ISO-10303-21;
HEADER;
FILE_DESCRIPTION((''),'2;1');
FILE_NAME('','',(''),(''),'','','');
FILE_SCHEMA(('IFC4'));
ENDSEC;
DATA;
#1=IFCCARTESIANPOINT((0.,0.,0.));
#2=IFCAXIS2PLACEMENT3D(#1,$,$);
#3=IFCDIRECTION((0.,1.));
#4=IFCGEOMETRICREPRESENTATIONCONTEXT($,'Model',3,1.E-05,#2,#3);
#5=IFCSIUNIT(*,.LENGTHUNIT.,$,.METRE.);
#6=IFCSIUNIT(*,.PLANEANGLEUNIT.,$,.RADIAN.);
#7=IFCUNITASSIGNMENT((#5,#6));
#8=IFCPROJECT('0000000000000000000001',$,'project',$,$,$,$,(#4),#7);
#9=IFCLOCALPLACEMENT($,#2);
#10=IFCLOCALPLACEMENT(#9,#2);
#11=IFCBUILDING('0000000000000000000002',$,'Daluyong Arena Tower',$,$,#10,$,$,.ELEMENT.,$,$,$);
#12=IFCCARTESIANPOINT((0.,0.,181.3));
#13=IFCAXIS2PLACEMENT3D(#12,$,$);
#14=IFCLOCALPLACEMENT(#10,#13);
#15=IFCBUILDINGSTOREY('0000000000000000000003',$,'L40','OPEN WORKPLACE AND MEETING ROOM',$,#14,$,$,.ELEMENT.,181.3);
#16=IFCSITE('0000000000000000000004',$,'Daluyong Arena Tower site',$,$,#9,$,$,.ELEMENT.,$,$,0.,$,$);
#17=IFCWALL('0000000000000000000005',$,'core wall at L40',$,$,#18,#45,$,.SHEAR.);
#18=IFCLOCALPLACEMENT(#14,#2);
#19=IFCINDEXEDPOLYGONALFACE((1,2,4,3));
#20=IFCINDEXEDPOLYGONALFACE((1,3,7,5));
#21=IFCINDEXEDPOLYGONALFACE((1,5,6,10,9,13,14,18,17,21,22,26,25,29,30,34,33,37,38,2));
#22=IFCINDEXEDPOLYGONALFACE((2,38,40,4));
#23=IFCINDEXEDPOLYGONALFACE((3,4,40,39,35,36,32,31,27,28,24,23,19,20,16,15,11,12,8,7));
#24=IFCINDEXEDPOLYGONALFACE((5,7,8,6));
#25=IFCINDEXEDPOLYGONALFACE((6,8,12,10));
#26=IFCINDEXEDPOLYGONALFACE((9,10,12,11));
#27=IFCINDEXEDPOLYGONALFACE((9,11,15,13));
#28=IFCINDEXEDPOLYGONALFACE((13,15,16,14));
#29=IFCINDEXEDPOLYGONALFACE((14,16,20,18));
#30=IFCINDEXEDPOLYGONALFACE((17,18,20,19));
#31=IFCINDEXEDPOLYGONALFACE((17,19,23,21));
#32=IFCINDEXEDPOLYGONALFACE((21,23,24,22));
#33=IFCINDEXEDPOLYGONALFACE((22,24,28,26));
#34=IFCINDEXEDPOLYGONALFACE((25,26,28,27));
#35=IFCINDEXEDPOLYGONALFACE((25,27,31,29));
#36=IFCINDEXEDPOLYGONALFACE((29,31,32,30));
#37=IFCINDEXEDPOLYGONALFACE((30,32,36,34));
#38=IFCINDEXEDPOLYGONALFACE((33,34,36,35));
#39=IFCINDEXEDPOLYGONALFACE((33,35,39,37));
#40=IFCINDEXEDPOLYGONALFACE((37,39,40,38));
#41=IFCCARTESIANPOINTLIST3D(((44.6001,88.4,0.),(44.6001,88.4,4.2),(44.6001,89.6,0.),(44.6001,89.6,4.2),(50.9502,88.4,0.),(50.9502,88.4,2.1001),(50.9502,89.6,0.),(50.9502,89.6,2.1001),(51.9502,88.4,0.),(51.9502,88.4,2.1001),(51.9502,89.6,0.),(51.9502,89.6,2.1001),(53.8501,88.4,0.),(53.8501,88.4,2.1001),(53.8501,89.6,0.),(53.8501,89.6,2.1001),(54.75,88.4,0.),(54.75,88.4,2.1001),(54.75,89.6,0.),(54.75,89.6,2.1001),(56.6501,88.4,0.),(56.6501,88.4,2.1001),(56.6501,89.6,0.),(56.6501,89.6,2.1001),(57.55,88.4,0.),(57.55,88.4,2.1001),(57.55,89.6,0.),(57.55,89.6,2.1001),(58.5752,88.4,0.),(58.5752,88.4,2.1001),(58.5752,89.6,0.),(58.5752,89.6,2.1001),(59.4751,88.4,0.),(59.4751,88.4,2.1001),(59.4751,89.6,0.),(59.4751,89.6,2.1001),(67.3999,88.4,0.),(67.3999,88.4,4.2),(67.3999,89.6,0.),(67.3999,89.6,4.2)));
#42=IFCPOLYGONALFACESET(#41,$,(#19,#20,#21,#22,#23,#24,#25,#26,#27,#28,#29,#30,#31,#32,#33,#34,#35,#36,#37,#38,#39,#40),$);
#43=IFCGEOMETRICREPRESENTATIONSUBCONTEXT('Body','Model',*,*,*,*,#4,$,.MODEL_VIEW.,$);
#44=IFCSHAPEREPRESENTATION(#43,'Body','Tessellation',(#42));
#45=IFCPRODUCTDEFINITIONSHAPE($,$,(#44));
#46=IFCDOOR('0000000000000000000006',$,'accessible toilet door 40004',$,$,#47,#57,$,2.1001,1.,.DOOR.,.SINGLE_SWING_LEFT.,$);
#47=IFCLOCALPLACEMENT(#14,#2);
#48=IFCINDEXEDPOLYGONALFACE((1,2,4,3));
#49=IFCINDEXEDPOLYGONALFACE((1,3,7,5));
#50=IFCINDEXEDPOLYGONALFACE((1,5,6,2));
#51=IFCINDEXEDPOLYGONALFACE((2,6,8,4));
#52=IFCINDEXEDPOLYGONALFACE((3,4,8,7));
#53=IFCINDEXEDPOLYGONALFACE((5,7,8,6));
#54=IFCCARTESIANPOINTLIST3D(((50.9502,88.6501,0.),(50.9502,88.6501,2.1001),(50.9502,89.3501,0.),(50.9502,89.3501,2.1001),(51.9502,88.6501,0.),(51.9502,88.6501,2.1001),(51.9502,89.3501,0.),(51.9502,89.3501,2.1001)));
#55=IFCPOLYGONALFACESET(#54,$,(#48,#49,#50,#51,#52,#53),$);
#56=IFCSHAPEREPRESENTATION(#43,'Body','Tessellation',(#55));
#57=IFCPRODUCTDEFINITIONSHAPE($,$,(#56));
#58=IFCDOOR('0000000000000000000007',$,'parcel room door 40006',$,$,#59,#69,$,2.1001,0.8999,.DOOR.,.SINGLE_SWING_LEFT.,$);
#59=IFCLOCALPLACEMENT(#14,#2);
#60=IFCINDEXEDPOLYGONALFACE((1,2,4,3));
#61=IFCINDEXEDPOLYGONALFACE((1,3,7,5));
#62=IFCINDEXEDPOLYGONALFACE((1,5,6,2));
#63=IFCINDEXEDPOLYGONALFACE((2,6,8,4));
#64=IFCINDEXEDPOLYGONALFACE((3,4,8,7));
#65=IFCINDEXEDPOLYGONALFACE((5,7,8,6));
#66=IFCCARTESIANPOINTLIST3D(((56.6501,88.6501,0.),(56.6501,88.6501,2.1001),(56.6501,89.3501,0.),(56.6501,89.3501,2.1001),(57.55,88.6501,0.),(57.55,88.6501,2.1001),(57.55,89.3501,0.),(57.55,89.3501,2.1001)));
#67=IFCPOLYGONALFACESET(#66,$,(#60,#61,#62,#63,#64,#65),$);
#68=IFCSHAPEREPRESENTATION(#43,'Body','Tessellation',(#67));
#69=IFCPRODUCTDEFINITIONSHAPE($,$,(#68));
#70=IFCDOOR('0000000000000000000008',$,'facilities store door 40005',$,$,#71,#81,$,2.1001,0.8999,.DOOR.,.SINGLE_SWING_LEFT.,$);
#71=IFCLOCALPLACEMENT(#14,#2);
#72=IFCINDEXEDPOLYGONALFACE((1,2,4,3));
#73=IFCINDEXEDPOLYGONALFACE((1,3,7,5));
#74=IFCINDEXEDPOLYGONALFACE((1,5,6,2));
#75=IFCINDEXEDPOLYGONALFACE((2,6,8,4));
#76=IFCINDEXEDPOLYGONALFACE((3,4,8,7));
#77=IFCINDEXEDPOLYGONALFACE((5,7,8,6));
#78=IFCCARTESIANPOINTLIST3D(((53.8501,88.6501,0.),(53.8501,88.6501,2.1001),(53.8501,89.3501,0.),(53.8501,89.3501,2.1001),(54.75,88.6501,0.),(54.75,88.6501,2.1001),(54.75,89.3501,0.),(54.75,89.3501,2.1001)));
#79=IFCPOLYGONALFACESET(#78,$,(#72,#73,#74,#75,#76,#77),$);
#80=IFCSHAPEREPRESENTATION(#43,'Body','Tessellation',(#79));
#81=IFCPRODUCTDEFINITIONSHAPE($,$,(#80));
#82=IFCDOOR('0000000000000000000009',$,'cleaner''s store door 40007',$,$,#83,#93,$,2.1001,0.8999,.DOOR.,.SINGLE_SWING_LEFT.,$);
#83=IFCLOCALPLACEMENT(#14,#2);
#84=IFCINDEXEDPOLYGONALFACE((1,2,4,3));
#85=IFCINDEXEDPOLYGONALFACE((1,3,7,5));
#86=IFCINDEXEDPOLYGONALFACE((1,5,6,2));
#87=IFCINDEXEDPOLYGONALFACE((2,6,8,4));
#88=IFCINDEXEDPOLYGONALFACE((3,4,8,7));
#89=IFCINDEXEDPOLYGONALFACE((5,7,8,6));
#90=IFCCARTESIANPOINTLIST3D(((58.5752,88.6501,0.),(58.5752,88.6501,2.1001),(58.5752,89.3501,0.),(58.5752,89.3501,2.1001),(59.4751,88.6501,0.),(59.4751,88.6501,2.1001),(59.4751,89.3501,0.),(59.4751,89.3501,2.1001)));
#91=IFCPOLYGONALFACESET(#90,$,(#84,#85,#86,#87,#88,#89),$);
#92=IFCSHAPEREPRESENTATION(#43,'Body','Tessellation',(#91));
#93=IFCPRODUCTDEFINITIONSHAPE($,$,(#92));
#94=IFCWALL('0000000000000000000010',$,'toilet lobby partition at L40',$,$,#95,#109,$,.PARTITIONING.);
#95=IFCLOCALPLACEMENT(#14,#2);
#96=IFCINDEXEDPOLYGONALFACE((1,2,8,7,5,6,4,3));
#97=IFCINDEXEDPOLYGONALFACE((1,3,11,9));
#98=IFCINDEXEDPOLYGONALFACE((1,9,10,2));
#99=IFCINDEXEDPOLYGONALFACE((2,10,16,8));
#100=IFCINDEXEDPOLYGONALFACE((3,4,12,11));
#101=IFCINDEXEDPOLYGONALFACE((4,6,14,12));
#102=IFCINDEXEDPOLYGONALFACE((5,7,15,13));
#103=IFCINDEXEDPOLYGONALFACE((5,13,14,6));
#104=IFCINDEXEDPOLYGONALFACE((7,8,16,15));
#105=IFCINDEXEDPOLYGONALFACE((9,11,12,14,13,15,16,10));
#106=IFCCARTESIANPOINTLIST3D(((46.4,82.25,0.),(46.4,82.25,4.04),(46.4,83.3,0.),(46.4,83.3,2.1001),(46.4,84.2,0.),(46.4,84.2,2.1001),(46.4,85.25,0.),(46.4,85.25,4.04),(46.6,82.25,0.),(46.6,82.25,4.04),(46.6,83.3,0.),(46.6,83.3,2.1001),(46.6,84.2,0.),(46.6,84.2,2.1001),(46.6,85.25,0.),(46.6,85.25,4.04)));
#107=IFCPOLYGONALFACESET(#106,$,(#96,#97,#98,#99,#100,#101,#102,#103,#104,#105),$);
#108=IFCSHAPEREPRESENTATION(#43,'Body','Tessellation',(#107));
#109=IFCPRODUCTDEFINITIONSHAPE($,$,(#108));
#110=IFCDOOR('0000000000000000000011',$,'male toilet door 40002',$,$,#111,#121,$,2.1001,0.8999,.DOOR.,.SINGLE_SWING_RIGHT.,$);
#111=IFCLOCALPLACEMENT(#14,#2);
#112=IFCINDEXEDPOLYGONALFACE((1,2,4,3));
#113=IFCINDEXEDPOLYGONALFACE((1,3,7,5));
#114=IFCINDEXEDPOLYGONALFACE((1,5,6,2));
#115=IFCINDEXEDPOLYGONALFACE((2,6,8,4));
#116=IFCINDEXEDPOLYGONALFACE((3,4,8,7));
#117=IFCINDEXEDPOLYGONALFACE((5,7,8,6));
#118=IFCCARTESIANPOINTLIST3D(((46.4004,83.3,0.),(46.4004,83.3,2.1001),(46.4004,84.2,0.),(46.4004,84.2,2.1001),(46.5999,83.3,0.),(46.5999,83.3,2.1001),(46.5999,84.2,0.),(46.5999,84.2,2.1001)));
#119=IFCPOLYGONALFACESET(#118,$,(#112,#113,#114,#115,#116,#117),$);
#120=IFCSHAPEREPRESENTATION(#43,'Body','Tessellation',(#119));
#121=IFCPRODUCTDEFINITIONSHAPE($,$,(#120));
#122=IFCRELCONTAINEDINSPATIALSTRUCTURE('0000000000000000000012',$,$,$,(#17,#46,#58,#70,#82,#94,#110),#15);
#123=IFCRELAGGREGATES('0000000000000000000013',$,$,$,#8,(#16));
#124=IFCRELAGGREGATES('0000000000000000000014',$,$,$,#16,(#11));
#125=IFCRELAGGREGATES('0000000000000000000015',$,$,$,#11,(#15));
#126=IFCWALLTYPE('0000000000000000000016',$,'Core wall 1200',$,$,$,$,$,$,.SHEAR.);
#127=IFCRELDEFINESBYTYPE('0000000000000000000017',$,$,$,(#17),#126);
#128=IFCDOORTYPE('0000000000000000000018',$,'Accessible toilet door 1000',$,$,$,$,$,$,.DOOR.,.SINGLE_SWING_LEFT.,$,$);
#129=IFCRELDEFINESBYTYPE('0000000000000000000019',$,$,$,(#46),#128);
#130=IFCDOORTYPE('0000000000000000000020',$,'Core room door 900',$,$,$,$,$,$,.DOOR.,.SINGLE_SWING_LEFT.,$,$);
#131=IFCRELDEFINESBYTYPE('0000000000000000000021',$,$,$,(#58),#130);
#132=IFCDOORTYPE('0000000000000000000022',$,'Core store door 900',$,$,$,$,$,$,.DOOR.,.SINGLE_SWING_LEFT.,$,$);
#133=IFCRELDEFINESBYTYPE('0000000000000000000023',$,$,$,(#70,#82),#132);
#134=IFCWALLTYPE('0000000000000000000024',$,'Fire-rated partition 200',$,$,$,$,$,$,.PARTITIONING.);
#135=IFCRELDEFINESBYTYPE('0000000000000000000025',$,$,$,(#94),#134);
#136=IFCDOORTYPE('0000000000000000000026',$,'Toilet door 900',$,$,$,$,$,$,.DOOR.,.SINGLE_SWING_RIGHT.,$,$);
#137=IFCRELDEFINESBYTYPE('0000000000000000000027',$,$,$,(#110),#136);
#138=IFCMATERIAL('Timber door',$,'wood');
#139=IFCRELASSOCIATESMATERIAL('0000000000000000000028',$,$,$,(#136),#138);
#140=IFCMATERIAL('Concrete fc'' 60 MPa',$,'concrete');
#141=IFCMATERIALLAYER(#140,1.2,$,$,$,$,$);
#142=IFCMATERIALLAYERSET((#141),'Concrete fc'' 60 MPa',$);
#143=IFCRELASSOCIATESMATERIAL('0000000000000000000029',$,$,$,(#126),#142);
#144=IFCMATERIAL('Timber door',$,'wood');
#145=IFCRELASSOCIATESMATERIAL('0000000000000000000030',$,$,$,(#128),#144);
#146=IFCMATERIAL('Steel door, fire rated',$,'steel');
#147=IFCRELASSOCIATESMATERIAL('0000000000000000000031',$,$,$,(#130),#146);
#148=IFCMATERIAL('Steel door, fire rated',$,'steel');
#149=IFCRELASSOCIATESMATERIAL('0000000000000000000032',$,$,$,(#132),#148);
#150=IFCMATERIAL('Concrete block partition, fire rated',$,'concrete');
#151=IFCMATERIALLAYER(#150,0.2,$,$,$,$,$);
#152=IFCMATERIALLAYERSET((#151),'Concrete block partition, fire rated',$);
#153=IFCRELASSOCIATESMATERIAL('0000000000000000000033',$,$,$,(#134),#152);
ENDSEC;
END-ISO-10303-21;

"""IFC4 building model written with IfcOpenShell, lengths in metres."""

from ifc_helpers import new_model, si_unit, direction, frame, frame_2d, origin, place, context, subcontext, project, spatial, rectangle, extrude, material, layer, layer_set, type_object, element, fill, save


model = new_model("IFC4")

# Units and contexts
model_context = context("Model", 3, precision=1e-05, world=origin(), true_north=direction((0.0, 1.0)))
body_context = subcontext(model_context, "Body", "Model", "MODEL_VIEW")
ifc_project = project(units=[si_unit("LENGTHUNIT", "METRE"), si_unit("PLANEANGLEUNIT", "RADIAN")], contexts=[model_context])

# Site, building, storey
site_placement = place(None, origin())
site = spatial("IfcSite", under=ifc_project, at=site_placement, Name="Daluyong Arena Tower site", CompositionType="ELEMENT", RefElevation=0.0)
building_placement = place(site_placement, origin())
building = spatial("IfcBuilding", under=site, at=building_placement, Name="Daluyong Arena Tower", CompositionType="ELEMENT")
storey_placement = place(building_placement, frame((0.0, 0.0, 181.3)))
storey = spatial("IfcBuildingStorey", under=building, at=storey_placement, Name="L40", Description="OPEN WORKPLACE AND MEETING ROOM", CompositionType="ELEMENT", Elevation=181.3)

# Shared definitions
ifc_material_1 = material(Name="Timber door", Category="wood")
door_type_1 = type_object("IfcDoorType", Name="Toilet door 900", OperationType="SINGLE_SWING_RIGHT", PredefinedType="DOOR", material=ifc_material_1)

# Wall, openings, doors
ifc_material_2 = material(Name="Concrete fc' 60 MPa", Category="concrete")
ifc_layer_1 = layer(ifc_material_2, 1.2)
ifc_layer_set_1 = layer_set([ifc_layer_1], Name="Concrete fc' 60 MPa")
wall_type_1 = type_object("IfcWallType", Name="Core wall 1200", PredefinedType="SHEAR", material=ifc_layer_set_1)
wall_1_placement = place(storey_placement, frame((44.6001, 89.0, 0.0), z_axis=(0.0, 0.0, 1.0), x_axis=(1.0, 0.0, 0.0)))
wall_1 = element("IfcWall", 1, at=wall_1_placement, inside=storey, type_object=wall_type_1, Name="core wall at L40", PredefinedType="SHEAR", context=body_context, shape_type="SweptSolid", body=[
    extrude(rectangle(XDim=22.7998, YDim=1.2, at=frame_2d((11.3999, 0.0))), origin(), (0.0, 0.0, 1.0), 4.2),
])
opening_1_placement = place(wall_1_placement, frame((6.3501, 0.0, 0.0)))
opening_1 = element("IfcOpeningElement", 2, at=opening_1_placement, cuts=wall_1, PredefinedType="OPENING", context=body_context, shape_type="SweptSolid", body=[
    extrude(rectangle(XDim=1.0, YDim=2.1001, at=frame_2d((0.5, 1.05))), frame((0.0, 0.6099, 0.0), z_axis=(0.0, -1.0, 0.0), x_axis=(1.0, 0.0, 0.0)), (0.0, 0.0, 1.0), 1.22),
])
opening_2_placement = place(wall_1_placement, frame((9.25, 0.0, 0.0)))
opening_2 = element("IfcOpeningElement", 3, at=opening_2_placement, cuts=wall_1, PredefinedType="OPENING", context=body_context, shape_type="SweptSolid", body=[
    extrude(rectangle(XDim=0.8999, YDim=2.1001, at=frame_2d((0.45, 1.05))), frame((0.0, 0.6099, 0.0), z_axis=(0.0, -1.0, 0.0), x_axis=(1.0, 0.0, 0.0)), (0.0, 0.0, 1.0), 1.22),
])
opening_3_placement = place(wall_1_placement, frame((12.05, 0.0, 0.0)))
opening_3 = element("IfcOpeningElement", 4, at=opening_3_placement, cuts=wall_1, PredefinedType="OPENING", context=body_context, shape_type="SweptSolid", body=[
    extrude(rectangle(XDim=0.8999, YDim=2.1001, at=frame_2d((0.45, 1.05))), frame((0.0, 0.6099, 0.0), z_axis=(0.0, -1.0, 0.0), x_axis=(1.0, 0.0, 0.0)), (0.0, 0.0, 1.0), 1.22),
])
opening_4_placement = place(wall_1_placement, frame((13.9751, 0.0, 0.0)))
opening_4 = element("IfcOpeningElement", 5, at=opening_4_placement, cuts=wall_1, PredefinedType="OPENING", context=body_context, shape_type="SweptSolid", body=[
    extrude(rectangle(XDim=0.8999, YDim=2.1001, at=frame_2d((0.45, 1.05))), frame((0.0, 0.6099, 0.0), z_axis=(0.0, -1.0, 0.0), x_axis=(1.0, 0.0, 0.0)), (0.0, 0.0, 1.0), 1.22),
])
ifc_material_3 = material(Name="Timber door", Category="wood")
door_type_2 = type_object("IfcDoorType", Name="Accessible toilet door 1000", OperationType="SINGLE_SWING_LEFT", PredefinedType="DOOR", material=ifc_material_3)
door_1_placement = place(opening_1_placement, origin())
door_1 = element("IfcDoor", 6, at=door_1_placement, inside=storey, type_object=door_type_2, Name="accessible toilet door 40004", OperationType="SINGLE_SWING_LEFT", OverallHeight=2.1001, OverallWidth=1.0, PredefinedType="DOOR", context=body_context, shape_type="SweptSolid", body=[
    extrude(rectangle(XDim=1.0, YDim=2.1001, at=frame_2d((0.5, 1.05))), frame((0.0, 0.3501, 0.0), z_axis=(0.0, -1.0, 0.0), x_axis=(1.0, 0.0, 0.0)), (0.0, 0.0, 1.0), 0.7),
])
fill(opening_1, door_1)
ifc_material_4 = material(Name="Steel door, fire rated", Category="steel")
door_type_3 = type_object("IfcDoorType", Name="Core room door 900", OperationType="SINGLE_SWING_LEFT", PredefinedType="DOOR", material=ifc_material_4)
door_2_placement = place(opening_3_placement, origin())
door_2 = element("IfcDoor", 7, at=door_2_placement, inside=storey, type_object=door_type_3, Name="parcel room door 40006", OperationType="SINGLE_SWING_LEFT", OverallHeight=2.1001, OverallWidth=0.8999, PredefinedType="DOOR", context=body_context, shape_type="SweptSolid", body=[
    extrude(rectangle(XDim=0.8999, YDim=2.1001, at=frame_2d((0.45, 1.05))), frame((0.0, 0.3501, 0.0), z_axis=(0.0, -1.0, 0.0), x_axis=(1.0, 0.0, 0.0)), (0.0, 0.0, 1.0), 0.7),
])
fill(opening_3, door_2)
ifc_material_5 = material(Name="Steel door, fire rated", Category="steel")
door_type_4 = type_object("IfcDoorType", Name="Core store door 900", OperationType="SINGLE_SWING_LEFT", PredefinedType="DOOR", material=ifc_material_5)
door_3_placement = place(opening_2_placement, origin())
door_3 = element("IfcDoor", 8, at=door_3_placement, inside=storey, type_object=door_type_4, Name="facilities store door 40005", OperationType="SINGLE_SWING_LEFT", OverallHeight=2.1001, OverallWidth=0.8999, PredefinedType="DOOR", context=body_context, shape_type="SweptSolid", body=[
    extrude(rectangle(XDim=0.8999, YDim=2.1001, at=frame_2d((0.45, 1.05))), frame((0.0, 0.3501, 0.0), z_axis=(0.0, -1.0, 0.0), x_axis=(1.0, 0.0, 0.0)), (0.0, 0.0, 1.0), 0.7),
])
fill(opening_2, door_3)
door_4_placement = place(opening_4_placement, origin())
door_4 = element("IfcDoor", 9, at=door_4_placement, inside=storey, type_object=door_type_4, Name="cleaner's store door 40007", OperationType="SINGLE_SWING_LEFT", OverallHeight=2.1001, OverallWidth=0.8999, PredefinedType="DOOR", context=body_context, shape_type="SweptSolid", body=[
    extrude(rectangle(XDim=0.8999, YDim=2.1001, at=frame_2d((0.45, 1.05))), frame((0.0, 0.3501, 0.0), z_axis=(0.0, -1.0, 0.0), x_axis=(1.0, 0.0, 0.0)), (0.0, 0.0, 1.0), 0.7),
])
fill(opening_4, door_4)

# Wall, opening, door
ifc_material_6 = material(Name="Concrete block partition, fire rated", Category="concrete")
ifc_layer_2 = layer(ifc_material_6, 0.2)
ifc_layer_set_2 = layer_set([ifc_layer_2], Name="Concrete block partition, fire rated")
wall_type_2 = type_object("IfcWallType", Name="Fire-rated partition 200", PredefinedType="PARTITIONING", material=ifc_layer_set_2)
wall_2_placement = place(storey_placement, frame((46.5, 82.25, 0.0), z_axis=(0.0, 0.0, 1.0), x_axis=(0.0, 1.0, 0.0)))
wall_2 = element("IfcWall", 10, at=wall_2_placement, inside=storey, type_object=wall_type_2, Name="toilet lobby partition at L40", PredefinedType="PARTITIONING", context=body_context, shape_type="SweptSolid", body=[
    extrude(rectangle(XDim=3.0, YDim=0.2, at=frame_2d((1.5, 0.0))), origin(), (0.0, 0.0, 1.0), 4.04),
])
opening_5_placement = place(wall_2_placement, frame((1.05, 0.0, 0.0)))
opening_5 = element("IfcOpeningElement", 11, at=opening_5_placement, cuts=wall_2, PredefinedType="OPENING", context=body_context, shape_type="SweptSolid", body=[
    extrude(rectangle(XDim=0.8999, YDim=2.1001, at=frame_2d((0.45, 1.05))), frame((0.0, 0.1099, 0.0), z_axis=(0.0, -1.0, 0.0), x_axis=(1.0, 0.0, 0.0)), (0.0, 0.0, 1.0), 0.22),
])
door_5_placement = place(opening_5_placement, origin())
door_5 = element("IfcDoor", 12, at=door_5_placement, inside=storey, type_object=door_type_1, Name="male toilet door 40002", OperationType="SINGLE_SWING_RIGHT", OverallHeight=2.1001, OverallWidth=0.8999, PredefinedType="DOOR", context=body_context, shape_type="SweptSolid", body=[
    extrude(rectangle(XDim=0.8999, YDim=2.1001, at=frame_2d((0.45, 1.05))), frame((0.0, 0.0996, 0.0), z_axis=(0.0, -1.0, 0.0), x_axis=(1.0, 0.0, 0.0)), (0.0, 0.0, 1.0), 0.1995),
])
fill(opening_5, door_5)

save(model, "model.ifc")
